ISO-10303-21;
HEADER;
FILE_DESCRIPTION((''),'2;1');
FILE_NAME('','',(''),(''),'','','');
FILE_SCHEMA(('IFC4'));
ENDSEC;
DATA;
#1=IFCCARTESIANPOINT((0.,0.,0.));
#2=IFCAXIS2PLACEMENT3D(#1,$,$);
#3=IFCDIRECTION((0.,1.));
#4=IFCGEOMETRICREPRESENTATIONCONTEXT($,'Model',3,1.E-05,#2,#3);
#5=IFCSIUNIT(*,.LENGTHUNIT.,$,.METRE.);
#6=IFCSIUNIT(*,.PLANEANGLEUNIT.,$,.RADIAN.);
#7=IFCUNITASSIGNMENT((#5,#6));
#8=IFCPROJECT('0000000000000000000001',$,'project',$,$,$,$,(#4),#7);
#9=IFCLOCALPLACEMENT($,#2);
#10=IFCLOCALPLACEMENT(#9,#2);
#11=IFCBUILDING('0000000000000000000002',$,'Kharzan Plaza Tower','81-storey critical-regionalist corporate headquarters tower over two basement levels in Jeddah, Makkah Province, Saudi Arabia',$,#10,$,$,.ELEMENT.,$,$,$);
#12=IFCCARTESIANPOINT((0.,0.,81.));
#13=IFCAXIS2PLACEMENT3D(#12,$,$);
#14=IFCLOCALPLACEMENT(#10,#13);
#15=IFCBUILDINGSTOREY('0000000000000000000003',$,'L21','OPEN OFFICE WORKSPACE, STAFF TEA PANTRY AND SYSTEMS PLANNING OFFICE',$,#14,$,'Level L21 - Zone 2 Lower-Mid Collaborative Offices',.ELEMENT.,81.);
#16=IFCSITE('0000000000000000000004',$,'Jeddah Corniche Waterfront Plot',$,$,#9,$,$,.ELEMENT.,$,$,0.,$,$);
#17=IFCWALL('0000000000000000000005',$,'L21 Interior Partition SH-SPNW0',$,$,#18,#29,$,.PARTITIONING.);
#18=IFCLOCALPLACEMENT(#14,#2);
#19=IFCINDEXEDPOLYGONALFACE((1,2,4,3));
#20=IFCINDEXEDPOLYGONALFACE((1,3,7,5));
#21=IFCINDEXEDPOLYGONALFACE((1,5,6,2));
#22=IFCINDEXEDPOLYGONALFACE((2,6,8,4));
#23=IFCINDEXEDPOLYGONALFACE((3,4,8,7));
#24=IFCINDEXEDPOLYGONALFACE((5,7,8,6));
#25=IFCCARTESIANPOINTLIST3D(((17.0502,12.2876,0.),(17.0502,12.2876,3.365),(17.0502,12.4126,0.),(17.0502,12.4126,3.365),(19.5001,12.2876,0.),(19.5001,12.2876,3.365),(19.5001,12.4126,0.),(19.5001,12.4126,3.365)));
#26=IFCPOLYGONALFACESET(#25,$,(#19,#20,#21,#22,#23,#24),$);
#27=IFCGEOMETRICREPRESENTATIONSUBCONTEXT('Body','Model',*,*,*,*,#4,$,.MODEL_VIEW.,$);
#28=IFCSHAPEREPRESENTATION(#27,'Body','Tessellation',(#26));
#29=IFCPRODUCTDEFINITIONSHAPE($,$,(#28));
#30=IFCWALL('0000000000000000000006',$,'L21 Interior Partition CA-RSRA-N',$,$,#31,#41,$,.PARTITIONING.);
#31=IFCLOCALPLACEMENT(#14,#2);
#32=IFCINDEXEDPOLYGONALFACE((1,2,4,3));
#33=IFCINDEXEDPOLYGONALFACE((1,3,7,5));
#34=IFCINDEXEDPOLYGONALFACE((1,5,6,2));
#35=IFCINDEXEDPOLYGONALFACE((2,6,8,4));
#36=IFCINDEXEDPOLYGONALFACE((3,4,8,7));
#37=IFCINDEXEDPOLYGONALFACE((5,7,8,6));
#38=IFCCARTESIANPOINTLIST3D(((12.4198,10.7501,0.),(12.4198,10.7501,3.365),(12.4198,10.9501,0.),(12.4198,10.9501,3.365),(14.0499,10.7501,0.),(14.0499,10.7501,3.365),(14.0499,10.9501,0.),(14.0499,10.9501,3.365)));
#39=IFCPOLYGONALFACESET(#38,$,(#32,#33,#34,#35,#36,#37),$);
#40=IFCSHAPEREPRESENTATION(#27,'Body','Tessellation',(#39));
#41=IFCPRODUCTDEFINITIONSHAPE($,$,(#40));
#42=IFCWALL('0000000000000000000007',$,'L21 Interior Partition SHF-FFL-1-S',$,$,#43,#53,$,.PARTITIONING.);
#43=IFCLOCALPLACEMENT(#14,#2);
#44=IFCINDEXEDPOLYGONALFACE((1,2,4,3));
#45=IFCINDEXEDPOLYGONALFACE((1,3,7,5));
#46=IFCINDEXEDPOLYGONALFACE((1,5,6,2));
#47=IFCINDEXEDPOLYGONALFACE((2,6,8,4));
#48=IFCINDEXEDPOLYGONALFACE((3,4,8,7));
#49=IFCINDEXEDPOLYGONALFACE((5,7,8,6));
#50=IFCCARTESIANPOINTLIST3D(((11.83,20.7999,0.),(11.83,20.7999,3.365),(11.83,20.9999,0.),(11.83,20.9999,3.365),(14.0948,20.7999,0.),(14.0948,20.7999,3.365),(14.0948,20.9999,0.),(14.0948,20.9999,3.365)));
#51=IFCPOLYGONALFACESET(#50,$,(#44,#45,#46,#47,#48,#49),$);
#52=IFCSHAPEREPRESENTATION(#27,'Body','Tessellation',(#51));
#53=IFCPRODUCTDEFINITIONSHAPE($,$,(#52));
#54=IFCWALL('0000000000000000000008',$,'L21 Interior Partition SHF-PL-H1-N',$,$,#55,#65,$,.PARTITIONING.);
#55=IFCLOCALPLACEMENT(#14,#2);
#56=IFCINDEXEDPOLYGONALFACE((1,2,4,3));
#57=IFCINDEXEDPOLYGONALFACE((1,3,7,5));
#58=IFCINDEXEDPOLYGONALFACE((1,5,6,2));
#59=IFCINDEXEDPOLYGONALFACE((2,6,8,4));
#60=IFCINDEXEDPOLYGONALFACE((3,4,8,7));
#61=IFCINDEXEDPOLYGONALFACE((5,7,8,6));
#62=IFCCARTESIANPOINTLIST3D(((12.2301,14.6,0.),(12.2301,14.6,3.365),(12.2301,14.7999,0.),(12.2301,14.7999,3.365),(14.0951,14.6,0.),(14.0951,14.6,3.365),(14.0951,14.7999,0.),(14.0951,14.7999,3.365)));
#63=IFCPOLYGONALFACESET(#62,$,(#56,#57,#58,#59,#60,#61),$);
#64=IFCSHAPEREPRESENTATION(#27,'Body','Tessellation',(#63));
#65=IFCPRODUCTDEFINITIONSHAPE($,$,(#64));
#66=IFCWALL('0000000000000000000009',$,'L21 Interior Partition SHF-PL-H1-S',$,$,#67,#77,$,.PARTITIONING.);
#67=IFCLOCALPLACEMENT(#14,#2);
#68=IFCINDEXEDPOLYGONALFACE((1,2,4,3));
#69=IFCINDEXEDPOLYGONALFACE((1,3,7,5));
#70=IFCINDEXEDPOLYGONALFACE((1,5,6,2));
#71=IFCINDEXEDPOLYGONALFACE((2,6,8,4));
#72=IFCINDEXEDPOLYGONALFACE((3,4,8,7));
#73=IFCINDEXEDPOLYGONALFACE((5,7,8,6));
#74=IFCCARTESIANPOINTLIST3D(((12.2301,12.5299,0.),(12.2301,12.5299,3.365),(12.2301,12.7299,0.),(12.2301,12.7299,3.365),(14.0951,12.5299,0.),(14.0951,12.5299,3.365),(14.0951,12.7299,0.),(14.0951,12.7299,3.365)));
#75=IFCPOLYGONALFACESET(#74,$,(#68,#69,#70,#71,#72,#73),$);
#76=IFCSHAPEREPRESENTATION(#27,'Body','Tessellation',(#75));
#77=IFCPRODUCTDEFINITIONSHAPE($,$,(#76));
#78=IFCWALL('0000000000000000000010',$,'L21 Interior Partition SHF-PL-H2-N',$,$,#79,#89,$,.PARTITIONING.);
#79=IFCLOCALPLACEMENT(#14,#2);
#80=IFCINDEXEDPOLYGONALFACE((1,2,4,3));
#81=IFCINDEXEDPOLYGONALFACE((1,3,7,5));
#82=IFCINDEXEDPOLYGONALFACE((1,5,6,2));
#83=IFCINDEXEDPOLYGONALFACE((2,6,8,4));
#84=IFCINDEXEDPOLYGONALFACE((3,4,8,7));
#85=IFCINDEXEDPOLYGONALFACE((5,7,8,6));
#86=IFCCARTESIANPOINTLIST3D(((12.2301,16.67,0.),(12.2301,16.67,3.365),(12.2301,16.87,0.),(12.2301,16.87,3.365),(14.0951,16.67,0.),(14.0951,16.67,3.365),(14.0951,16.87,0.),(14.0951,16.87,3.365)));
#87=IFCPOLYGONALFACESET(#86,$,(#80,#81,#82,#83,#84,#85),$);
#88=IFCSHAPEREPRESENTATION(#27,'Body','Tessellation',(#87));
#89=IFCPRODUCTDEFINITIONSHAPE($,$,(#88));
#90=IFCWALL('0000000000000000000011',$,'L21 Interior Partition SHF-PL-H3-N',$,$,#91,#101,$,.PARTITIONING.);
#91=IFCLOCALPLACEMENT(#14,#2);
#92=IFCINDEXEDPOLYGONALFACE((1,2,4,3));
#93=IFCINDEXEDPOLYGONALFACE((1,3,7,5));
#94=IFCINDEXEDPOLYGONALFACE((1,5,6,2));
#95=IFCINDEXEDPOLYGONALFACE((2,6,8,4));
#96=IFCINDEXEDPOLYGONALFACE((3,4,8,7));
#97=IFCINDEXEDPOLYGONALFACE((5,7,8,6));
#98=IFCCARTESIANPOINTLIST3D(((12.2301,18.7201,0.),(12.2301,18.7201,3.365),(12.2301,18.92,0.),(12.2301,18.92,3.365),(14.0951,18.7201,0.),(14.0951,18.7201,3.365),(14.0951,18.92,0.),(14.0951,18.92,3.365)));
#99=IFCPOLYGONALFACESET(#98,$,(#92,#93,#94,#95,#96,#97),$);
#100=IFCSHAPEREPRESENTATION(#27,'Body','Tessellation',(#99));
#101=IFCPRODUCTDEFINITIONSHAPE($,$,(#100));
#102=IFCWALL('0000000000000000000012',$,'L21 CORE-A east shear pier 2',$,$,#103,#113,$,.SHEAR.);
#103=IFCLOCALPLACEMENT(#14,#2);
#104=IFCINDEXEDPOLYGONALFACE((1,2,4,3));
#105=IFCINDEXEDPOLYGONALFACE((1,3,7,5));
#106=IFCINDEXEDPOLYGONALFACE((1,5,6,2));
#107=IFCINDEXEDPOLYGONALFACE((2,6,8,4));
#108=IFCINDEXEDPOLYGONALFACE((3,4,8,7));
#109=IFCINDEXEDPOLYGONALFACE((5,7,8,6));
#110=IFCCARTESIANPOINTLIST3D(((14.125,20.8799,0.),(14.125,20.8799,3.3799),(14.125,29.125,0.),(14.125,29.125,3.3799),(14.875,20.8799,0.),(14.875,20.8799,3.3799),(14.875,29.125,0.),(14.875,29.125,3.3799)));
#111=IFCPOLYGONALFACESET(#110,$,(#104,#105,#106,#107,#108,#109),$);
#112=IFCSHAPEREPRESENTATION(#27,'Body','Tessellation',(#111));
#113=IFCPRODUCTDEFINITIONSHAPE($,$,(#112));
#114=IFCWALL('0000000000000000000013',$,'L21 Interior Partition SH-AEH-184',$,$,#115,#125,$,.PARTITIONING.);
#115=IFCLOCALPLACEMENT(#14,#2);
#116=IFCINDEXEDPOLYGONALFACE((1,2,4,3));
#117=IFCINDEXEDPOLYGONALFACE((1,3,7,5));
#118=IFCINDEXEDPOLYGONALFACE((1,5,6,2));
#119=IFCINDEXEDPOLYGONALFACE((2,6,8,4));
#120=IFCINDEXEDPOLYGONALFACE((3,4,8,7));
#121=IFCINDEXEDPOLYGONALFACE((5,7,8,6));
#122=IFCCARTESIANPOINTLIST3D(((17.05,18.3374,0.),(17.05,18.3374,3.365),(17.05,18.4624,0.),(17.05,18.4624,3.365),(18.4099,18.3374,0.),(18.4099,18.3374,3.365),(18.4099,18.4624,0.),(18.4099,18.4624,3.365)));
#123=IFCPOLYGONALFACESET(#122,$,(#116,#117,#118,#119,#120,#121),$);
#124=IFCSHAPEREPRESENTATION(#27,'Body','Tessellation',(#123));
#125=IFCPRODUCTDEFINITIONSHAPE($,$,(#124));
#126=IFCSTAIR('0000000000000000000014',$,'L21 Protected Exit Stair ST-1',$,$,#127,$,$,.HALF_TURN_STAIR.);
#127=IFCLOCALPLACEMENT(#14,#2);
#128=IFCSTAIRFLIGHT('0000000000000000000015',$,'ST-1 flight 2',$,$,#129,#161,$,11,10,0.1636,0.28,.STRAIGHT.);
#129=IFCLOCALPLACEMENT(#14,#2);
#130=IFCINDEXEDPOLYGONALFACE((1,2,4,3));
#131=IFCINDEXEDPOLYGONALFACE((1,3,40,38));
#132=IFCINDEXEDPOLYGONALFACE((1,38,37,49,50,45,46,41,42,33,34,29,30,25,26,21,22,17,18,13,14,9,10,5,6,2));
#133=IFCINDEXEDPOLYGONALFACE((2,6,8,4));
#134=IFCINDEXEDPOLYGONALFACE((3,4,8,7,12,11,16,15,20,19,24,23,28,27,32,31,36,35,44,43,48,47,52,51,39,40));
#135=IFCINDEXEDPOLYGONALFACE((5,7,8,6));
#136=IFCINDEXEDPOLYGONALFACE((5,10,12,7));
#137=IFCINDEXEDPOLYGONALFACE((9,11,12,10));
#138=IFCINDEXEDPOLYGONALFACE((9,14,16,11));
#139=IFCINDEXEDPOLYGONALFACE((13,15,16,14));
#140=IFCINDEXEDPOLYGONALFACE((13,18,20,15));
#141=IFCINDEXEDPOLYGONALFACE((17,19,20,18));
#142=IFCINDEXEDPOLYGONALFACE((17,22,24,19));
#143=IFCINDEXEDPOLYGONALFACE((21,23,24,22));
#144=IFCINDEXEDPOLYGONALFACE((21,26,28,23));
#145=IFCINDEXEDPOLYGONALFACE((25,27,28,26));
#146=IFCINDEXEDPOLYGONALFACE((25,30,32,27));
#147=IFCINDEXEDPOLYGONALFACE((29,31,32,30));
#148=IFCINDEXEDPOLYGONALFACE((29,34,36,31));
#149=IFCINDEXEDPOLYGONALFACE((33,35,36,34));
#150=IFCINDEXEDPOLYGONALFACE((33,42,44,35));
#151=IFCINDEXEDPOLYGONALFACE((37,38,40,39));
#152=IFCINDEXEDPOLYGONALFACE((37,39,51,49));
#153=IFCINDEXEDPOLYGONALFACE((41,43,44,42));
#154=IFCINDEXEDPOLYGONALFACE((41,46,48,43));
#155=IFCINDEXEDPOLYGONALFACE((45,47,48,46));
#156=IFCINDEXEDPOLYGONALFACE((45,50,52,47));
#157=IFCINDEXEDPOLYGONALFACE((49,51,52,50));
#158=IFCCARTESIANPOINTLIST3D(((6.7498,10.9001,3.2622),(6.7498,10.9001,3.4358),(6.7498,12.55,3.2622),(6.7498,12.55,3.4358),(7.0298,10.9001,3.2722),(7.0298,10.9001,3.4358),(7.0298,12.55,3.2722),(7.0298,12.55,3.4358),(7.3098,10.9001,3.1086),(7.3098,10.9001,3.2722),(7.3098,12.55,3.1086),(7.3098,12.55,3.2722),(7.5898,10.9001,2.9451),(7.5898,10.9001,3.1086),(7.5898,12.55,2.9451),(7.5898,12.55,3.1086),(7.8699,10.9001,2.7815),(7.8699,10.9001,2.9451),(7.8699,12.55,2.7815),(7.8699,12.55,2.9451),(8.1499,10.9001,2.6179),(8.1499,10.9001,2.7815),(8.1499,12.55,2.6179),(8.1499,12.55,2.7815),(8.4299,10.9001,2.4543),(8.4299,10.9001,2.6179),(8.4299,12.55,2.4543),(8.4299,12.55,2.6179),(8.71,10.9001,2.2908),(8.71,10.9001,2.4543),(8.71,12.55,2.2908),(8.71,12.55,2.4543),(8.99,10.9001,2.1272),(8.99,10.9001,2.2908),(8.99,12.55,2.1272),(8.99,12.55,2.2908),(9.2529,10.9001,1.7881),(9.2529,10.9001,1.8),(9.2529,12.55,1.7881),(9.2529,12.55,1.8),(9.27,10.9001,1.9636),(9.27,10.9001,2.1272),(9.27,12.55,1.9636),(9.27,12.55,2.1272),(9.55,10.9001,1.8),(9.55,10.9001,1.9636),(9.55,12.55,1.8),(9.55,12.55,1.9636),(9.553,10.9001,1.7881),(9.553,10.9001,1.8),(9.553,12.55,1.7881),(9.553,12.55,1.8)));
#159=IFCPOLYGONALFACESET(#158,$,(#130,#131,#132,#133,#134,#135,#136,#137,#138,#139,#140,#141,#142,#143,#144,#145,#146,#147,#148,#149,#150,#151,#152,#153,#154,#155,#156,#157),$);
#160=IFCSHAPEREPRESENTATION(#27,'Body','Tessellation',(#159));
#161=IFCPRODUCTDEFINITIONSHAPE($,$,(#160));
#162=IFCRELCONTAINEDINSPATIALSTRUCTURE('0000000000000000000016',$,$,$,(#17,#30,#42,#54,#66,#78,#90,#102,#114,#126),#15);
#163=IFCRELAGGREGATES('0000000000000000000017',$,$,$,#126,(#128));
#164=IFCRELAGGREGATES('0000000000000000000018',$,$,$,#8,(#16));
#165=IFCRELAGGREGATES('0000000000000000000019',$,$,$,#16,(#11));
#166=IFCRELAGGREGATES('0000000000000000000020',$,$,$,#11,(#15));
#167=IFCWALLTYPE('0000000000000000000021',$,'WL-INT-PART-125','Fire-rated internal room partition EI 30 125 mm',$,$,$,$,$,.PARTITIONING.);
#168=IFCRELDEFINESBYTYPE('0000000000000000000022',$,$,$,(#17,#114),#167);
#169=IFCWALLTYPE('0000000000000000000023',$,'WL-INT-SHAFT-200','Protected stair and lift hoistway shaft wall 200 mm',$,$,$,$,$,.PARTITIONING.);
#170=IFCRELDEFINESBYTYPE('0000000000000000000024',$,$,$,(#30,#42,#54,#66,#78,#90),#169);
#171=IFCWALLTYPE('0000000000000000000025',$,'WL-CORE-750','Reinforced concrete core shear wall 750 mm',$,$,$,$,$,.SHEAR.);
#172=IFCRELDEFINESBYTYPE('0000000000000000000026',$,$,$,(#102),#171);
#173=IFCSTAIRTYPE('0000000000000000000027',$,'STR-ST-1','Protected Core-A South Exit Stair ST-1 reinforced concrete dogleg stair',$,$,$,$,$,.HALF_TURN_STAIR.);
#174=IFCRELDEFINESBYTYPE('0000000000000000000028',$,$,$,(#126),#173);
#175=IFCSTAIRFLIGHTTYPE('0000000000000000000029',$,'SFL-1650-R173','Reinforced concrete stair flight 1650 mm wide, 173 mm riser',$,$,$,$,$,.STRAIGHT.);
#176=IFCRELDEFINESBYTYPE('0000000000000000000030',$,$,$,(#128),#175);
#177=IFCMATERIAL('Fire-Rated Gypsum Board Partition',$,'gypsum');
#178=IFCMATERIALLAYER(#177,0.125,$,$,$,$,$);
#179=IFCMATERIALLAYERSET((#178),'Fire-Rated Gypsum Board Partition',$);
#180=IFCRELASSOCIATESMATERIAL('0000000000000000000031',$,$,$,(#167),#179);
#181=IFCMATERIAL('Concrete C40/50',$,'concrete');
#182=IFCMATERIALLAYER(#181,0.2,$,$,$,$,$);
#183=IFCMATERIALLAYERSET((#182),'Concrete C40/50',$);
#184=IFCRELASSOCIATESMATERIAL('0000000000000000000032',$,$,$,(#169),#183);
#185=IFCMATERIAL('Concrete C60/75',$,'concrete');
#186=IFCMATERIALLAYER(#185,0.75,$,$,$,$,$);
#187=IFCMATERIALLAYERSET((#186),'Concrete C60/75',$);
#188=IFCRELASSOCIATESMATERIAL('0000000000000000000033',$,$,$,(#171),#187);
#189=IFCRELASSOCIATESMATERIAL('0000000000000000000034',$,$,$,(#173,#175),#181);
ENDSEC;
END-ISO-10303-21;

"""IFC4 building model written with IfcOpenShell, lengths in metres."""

from ifc_helpers import new_model, si_unit, direction, frame, frame_2d, origin, place, context, subcontext, project, spatial, polyline, rectangle, outline, extrude, source, transform, mapped, material, layer, layer_set, type_object, element, aggregate, save


model = new_model("IFC4")

# Units and contexts
model_context = context("Model", 3, precision=1e-05, world=origin(), true_north=direction((0.0, 1.0)))
body_context = subcontext(model_context, "Body", "Model", "MODEL_VIEW")
ifc_project = project(units=[si_unit("LENGTHUNIT", "METRE"), si_unit("PLANEANGLEUNIT", "RADIAN")], contexts=[model_context])

# Site, building, storey
site_placement = place(None, origin())
site = spatial("IfcSite", under=ifc_project, at=site_placement, Name="Jeddah Corniche Waterfront Plot", CompositionType="ELEMENT", RefElevation=0.0)
building_placement = place(site_placement, origin())
building = spatial("IfcBuilding", under=site, at=building_placement, Name="Kharzan Plaza Tower", Description="81-storey critical-regionalist corporate headquarters tower over two basement levels in Jeddah, Makkah Province, Saudi Arabia", CompositionType="ELEMENT")
storey_placement = place(building_placement, frame((0.0, 0.0, 81.0)))
storey = spatial("IfcBuildingStorey", under=building, at=storey_placement, Name="L21", Description="OPEN OFFICE WORKSPACE, STAFF TEA PANTRY AND SYSTEMS PLANNING OFFICE", LongName="Level L21 - Zone 2 Lower-Mid Collaborative Offices", CompositionType="ELEMENT", Elevation=81.0)

# Shared definitions
ifc_material_1 = material(Name="Concrete C60/75", Category="concrete")

# Shared definitions
ifc_material_2 = material(Name="Fire-Rated Gypsum Board Partition", Category="gypsum")
ifc_layer_1 = layer(ifc_material_2, 0.125)
ifc_layer_set_1 = layer_set([ifc_layer_1], Name="Fire-Rated Gypsum Board Partition")
wall_type_1 = type_object("IfcWallType", Name="WL-INT-PART-125", Description="Fire-rated internal room partition EI 30 125 mm", PredefinedType="PARTITIONING", material=ifc_layer_set_1)
ifc_material_3 = material(Name="Concrete C40/50", Category="concrete")
ifc_layer_2 = layer(ifc_material_3, 0.2)
ifc_layer_set_2 = layer_set([ifc_layer_2], Name="Concrete C40/50")
wall_type_2 = type_object("IfcWallType", Name="WL-INT-SHAFT-200", Description="Protected stair and lift hoistway shaft wall 200 mm", PredefinedType="PARTITIONING", material=ifc_layer_set_2)

# Walls
shared_shape_1 = source(origin(), body_context, "Body", "SweptSolid", [
    extrude(rectangle(XDim=2.45, YDim=0.125, at=frame_2d((1.2251, 0.0))), origin(), (0.0, 0.0, 1.0), 3.365),
])
wall_1_placement = place(storey_placement, frame((17.05, 12.3501, 0.0), z_axis=(0.0, 0.0, 1.0), x_axis=(1.0, 0.0, 0.0)))
element("IfcWall", 1, at=wall_1_placement, inside=storey, type_object=wall_type_1, Name="L21 Interior Partition SH-SPNW0", PredefinedType="PARTITIONING", context=body_context, shape_type="MappedRepresentation", body=[
    mapped(shared_shape_1, transform((0.0, 0.0, 0.0), x_axis=(1.0, 0.0, 0.0), y_axis=(0.0, 1.0, 0.0), z_axis=(0.0, 0.0, 1.0))),
])
shared_shape_2 = source(origin(), body_context, "Body", "SweptSolid", [
    extrude(rectangle(XDim=1.6301, YDim=0.2, at=frame_2d((0.8149, 0.0))), origin(), (0.0, 0.0, 1.0), 3.365),
])
wall_2_placement = place(storey_placement, frame((12.4199, 10.8501, 0.0), z_axis=(0.0, 0.0, 1.0), x_axis=(1.0, 0.0, 0.0)))
element("IfcWall", 2, at=wall_2_placement, inside=storey, type_object=wall_type_2, Name="L21 Interior Partition CA-RSRA-N", PredefinedType="PARTITIONING", context=body_context, shape_type="MappedRepresentation", body=[
    mapped(shared_shape_2, transform((0.0, 0.0, 0.0), x_axis=(1.0, 0.0, 0.0), y_axis=(0.0, 1.0, 0.0), z_axis=(0.0, 0.0, 1.0))),
])
shared_shape_3 = source(origin(), body_context, "Body", "SweptSolid", [
    extrude(rectangle(XDim=2.2649, YDim=0.2, at=frame_2d((1.1323, 0.0))), origin(), (0.0, 0.0, 1.0), 3.365),
])
wall_3_placement = place(storey_placement, frame((11.8301, 20.8999, 0.0), z_axis=(0.0, 0.0, 1.0), x_axis=(1.0, 0.0, 0.0)))
element("IfcWall", 3, at=wall_3_placement, inside=storey, type_object=wall_type_2, Name="L21 Interior Partition SHF-FFL-1-S", PredefinedType="PARTITIONING", context=body_context, shape_type="MappedRepresentation", body=[
    mapped(shared_shape_3, transform((0.0, 0.0, 0.0), x_axis=(1.0, 0.0, 0.0), y_axis=(0.0, 1.0, 0.0), z_axis=(0.0, 0.0, 1.0))),
])
shared_shape_4 = source(origin(), body_context, "Body", "SweptSolid", [
    extrude(rectangle(XDim=1.865, YDim=0.2, at=frame_2d((0.9326, 0.0))), origin(), (0.0, 0.0, 1.0), 3.365),
])
for number, where, z_axis, x_axis, name in (
    (4, (12.23, 14.7, 0.0), (0.0, 0.0, 1.0), (1.0, 0.0, 0.0), "L21 Interior Partition SHF-PL-H1-N"),
    (5, (12.23, 12.6299, 0.0), (0.0, 0.0, 1.0), (1.0, 0.0, 0.0), "L21 Interior Partition SHF-PL-H1-S"),
    (6, (12.23, 16.77, 0.0), (0.0, 0.0, 1.0), (1.0, 0.0, 0.0), "L21 Interior Partition SHF-PL-H2-N"),
    (7, (12.23, 18.8201, 0.0), (0.0, 0.0, 1.0), (1.0, 0.0, 0.0), "L21 Interior Partition SHF-PL-H3-N"),
):
    element("IfcWall", number, at=place(storey_placement, frame(where, z_axis=z_axis, x_axis=x_axis)), inside=storey, type_object=wall_type_2, Name=name, PredefinedType="PARTITIONING", context=body_context, shape_type="MappedRepresentation", body=[
        mapped(shared_shape_4, transform((0.0, 0.0, 0.0), x_axis=(1.0, 0.0, 0.0), y_axis=(0.0, 1.0, 0.0), z_axis=(0.0, 0.0, 1.0))),
    ])
ifc_layer_3 = layer(ifc_material_1, 0.75)
ifc_layer_set_3 = layer_set([ifc_layer_3], Name="Concrete C60/75")
wall_type_3 = type_object("IfcWallType", Name="WL-CORE-750", Description="Reinforced concrete core shear wall 750 mm", PredefinedType="SHEAR", material=ifc_layer_set_3)
shared_shape_5 = source(origin(), body_context, "Body", "SweptSolid", [
    extrude(rectangle(XDim=8.2451, YDim=0.75, at=frame_2d((4.1226, 0.0))), origin(), (0.0, 0.0, 1.0), 3.3799),
])
wall_4_placement = place(storey_placement, frame((14.5, 20.8799, 0.0), z_axis=(0.0, 0.0, 1.0), x_axis=(0.0, 1.0, 0.0)))
element("IfcWall", 8, at=wall_4_placement, inside=storey, type_object=wall_type_3, Name="L21 CORE-A east shear pier 2", PredefinedType="SHEAR", context=body_context, shape_type="MappedRepresentation", body=[
    mapped(shared_shape_5, transform((0.0, 0.0, 0.0), x_axis=(1.0, 0.0, 0.0), y_axis=(0.0, 1.0, 0.0), z_axis=(0.0, 0.0, 1.0))),
])
shared_shape_6 = source(origin(), body_context, "Body", "SweptSolid", [
    extrude(rectangle(XDim=1.3599, YDim=0.125, at=frame_2d((0.6799, 0.0))), origin(), (0.0, 0.0, 1.0), 3.365),
])
wall_5_placement = place(storey_placement, frame((17.05, 18.3999, 0.0), z_axis=(0.0, 0.0, 1.0), x_axis=(1.0, 0.0, 0.0)))
element("IfcWall", 9, at=wall_5_placement, inside=storey, type_object=wall_type_1, Name="L21 Interior Partition SH-AEH-184", PredefinedType="PARTITIONING", context=body_context, shape_type="MappedRepresentation", body=[
    mapped(shared_shape_6, transform((0.0, 0.0, 0.0), x_axis=(1.0, 0.0, 0.0), y_axis=(0.0, 1.0, 0.0), z_axis=(0.0, 0.0, 1.0))),
])

# Stair, stair flight
stair_type = type_object("IfcStairType", Name="STR-ST-1", Description="Protected Core-A South Exit Stair ST-1 reinforced concrete dogleg stair", PredefinedType="HALF_TURN_STAIR", material=ifc_material_3)
stair_placement = place(storey_placement, origin())
stair = element("IfcStair", 10, at=stair_placement, inside=storey, type_object=stair_type, Name="L21 Protected Exit Stair ST-1", PredefinedType="HALF_TURN_STAIR")
stair_flight_type = type_object("IfcStairFlightType", Name="SFL-1650-R173", Description="Reinforced concrete stair flight 1650 mm wide, 173 mm riser", PredefinedType="STRAIGHT", material=ifc_material_3)
shared_shape_7 = source(origin(), body_context, "Body", "SweptSolid", [
    extrude(outline(polyline([(-0.0029, -0.012), (-0.0029, 0.0), (0.0, 0.0), (0.0, 0.1636), (0.28, 0.1636), (0.28, 0.3271), (0.5601, 0.3271), (0.5601, 0.4907), (0.8401, 0.4907), (0.8401, 0.6543), (1.1201, 0.6543), (1.1201, 0.8179), (1.4001, 0.8179), (1.4001, 0.9814), (1.6802, 0.9814), (1.6802, 1.145), (1.9602, 1.145), (1.9602, 1.3086), (2.2402, 1.3086), (2.2402, 1.4722), (2.5203, 1.4722), (2.5203, 1.6357), (2.8003, 1.6357), (2.8003, 1.7993), (2.8003, 1.4622), (0.2971, 0.0), (0.2971, -0.012), (-0.0029, -0.012)])), frame((0.0, 0.825, 0.0), z_axis=(0.0, -1.0, 0.0), x_axis=(1.0, 0.0, 0.0)), (0.0, 0.0, 1.0), 1.6499),
])
stair_flight_placement = place(storey_placement, frame((9.55, 11.7251, 1.8), z_axis=(0.0, 0.0, 1.0), x_axis=(-1.0, 0.0, 0.0)))
stair_flight = element("IfcStairFlight", 11, at=stair_flight_placement, type_object=stair_flight_type, Name="ST-1 flight 2", NumberOfRisers=11, NumberOfTreads=10, PredefinedType="STRAIGHT", RiserHeight=0.1636, TreadLength=0.28, context=body_context, shape_type="MappedRepresentation", body=[
    mapped(shared_shape_7, transform((0.0, 0.0, 0.0), x_axis=(1.0, 0.0, 0.0), y_axis=(0.0, 1.0, 0.0), z_axis=(0.0, 0.0, 1.0))),
])
aggregate(stair, [stair_flight])

save(model, "model.ifc")
